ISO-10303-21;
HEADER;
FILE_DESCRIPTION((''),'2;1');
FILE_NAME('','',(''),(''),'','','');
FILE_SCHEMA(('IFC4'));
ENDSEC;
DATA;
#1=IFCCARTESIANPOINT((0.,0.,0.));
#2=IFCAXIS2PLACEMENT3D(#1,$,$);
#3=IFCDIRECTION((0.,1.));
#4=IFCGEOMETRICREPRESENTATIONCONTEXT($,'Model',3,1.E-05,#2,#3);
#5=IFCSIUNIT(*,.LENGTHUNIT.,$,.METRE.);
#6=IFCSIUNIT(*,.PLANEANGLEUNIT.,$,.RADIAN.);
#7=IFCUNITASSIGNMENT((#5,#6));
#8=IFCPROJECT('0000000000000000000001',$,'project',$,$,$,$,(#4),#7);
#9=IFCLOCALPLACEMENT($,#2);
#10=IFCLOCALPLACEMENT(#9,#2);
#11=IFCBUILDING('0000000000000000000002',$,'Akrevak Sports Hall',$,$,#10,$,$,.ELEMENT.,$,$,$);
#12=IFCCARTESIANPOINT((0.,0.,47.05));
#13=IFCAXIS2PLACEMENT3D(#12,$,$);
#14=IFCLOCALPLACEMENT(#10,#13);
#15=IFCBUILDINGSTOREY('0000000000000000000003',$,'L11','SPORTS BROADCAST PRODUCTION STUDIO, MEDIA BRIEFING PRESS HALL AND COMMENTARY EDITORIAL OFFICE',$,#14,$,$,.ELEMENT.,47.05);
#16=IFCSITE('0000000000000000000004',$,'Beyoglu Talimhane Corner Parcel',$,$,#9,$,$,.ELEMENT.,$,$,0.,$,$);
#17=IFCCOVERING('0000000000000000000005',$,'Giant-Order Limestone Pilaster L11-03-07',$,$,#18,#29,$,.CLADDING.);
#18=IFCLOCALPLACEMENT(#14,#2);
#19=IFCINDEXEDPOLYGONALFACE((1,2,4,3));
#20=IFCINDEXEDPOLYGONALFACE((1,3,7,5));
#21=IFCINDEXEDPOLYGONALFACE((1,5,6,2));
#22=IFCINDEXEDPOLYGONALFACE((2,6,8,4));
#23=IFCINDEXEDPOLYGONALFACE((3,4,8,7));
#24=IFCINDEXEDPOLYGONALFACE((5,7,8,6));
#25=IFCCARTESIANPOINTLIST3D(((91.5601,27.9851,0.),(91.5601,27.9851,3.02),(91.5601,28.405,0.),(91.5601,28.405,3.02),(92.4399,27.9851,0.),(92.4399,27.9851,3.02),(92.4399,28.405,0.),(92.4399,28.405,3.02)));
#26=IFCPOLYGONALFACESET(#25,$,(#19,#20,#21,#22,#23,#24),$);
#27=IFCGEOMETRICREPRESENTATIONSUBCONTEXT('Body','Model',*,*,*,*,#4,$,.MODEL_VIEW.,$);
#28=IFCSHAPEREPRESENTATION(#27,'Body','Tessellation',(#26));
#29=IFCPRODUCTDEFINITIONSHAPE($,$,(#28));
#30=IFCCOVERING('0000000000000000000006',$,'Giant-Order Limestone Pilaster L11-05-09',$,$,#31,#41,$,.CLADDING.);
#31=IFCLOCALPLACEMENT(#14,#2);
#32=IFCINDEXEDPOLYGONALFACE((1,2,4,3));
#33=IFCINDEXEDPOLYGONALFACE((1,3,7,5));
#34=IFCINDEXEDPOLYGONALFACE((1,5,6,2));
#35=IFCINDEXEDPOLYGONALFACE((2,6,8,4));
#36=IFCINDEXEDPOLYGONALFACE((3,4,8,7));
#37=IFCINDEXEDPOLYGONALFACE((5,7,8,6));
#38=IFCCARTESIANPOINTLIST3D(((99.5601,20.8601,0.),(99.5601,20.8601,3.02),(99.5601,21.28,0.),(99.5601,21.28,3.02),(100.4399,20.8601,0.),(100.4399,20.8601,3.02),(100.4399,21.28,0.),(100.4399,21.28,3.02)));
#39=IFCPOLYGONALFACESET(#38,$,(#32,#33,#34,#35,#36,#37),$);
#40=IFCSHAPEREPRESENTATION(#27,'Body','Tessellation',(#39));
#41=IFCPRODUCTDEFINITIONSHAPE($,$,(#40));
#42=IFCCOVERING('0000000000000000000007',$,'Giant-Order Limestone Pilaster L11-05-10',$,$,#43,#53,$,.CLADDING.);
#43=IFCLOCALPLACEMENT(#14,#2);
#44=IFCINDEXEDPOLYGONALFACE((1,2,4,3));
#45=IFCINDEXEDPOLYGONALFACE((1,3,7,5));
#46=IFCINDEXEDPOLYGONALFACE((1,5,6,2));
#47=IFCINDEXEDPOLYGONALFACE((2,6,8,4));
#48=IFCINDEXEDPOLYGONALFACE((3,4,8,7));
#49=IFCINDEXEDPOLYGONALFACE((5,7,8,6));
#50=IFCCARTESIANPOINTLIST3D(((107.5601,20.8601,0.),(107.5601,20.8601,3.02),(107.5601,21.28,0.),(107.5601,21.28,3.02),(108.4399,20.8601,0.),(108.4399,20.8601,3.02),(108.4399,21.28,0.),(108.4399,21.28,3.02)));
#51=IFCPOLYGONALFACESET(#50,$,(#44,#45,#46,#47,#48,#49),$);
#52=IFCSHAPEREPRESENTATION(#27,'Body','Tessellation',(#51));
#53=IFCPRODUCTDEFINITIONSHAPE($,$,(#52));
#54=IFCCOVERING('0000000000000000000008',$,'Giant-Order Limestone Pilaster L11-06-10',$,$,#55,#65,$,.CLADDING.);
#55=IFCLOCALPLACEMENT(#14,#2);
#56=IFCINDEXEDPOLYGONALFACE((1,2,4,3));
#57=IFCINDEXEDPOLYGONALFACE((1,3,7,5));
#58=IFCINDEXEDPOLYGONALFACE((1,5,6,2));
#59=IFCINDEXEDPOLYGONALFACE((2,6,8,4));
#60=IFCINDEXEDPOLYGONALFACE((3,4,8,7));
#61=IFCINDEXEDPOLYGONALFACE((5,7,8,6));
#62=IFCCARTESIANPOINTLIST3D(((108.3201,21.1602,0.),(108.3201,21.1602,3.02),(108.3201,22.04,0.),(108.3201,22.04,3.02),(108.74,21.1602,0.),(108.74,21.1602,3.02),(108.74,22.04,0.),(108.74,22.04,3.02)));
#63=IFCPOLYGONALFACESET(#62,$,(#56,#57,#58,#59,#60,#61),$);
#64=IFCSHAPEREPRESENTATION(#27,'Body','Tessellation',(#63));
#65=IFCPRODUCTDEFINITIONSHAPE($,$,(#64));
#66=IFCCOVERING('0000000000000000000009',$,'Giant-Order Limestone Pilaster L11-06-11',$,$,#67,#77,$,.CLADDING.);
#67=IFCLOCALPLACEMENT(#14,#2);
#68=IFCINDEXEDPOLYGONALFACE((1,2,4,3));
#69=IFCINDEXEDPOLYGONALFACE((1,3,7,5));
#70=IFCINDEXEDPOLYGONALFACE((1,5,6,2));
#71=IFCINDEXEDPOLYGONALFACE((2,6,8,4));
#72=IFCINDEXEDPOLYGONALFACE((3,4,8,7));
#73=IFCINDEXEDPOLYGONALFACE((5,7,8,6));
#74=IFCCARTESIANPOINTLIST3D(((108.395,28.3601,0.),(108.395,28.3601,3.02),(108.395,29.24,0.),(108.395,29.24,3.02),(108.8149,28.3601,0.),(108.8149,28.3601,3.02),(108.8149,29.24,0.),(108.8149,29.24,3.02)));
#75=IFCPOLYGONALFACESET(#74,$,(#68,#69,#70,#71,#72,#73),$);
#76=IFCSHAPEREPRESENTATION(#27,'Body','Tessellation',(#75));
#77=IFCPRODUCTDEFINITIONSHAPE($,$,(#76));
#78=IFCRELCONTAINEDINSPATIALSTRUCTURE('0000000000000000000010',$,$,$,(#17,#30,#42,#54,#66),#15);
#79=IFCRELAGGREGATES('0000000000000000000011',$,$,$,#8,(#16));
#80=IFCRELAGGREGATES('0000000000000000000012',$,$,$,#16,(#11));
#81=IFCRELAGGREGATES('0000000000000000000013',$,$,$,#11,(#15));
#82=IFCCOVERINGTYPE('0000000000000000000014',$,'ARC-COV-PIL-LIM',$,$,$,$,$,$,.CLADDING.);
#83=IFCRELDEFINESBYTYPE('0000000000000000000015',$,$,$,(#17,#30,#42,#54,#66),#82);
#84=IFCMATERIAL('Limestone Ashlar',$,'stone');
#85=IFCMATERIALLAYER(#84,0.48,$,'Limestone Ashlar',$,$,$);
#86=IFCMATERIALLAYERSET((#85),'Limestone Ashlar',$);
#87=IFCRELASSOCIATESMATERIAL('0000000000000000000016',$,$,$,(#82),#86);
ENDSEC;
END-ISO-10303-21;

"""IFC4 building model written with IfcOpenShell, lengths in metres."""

from ifc_helpers import new_model, si_unit, direction, frame, origin, origin_2d, place, context, subcontext, project, spatial, rectangle, extrude, material, layer, layer_set, type_object, element, save


model = new_model("IFC4")

# Units and contexts
model_context = context("Model", 3, precision=1e-05, world=origin(), true_north=direction((0.0, 1.0)))
body_context = subcontext(model_context, "Body", "Model", "MODEL_VIEW")
ifc_project = project(units=[si_unit("LENGTHUNIT", "METRE"), si_unit("PLANEANGLEUNIT", "RADIAN")], contexts=[model_context])

# Site, building, storey
site_placement = place(None, origin())
site = spatial("IfcSite", under=ifc_project, at=site_placement, Name="Beyoglu Talimhane Corner Parcel", CompositionType="ELEMENT", RefElevation=0.0)
building_placement = place(site_placement, origin())
building = spatial("IfcBuilding", under=site, at=building_placement, Name="Akrevak Sports Hall", CompositionType="ELEMENT")
storey_placement = place(building_placement, frame((0.0, 0.0, 47.05)))
storey = spatial("IfcBuildingStorey", under=building, at=storey_placement, Name="L11", Description="SPORTS BROADCAST PRODUCTION STUDIO, MEDIA BRIEFING PRESS HALL AND COMMENTARY EDITORIAL OFFICE", CompositionType="ELEMENT", Elevation=47.05)

# Shared definitions
ifc_material_1 = material(Name="Limestone Ashlar", Category="stone")

# Coverings
ifc_layer_1 = layer(ifc_material_1, 0.48, Name="Limestone Ashlar")
ifc_layer_set_1 = layer_set([ifc_layer_1], Name="Limestone Ashlar")
covering_type = type_object("IfcCoveringType", Name="ARC-COV-PIL-LIM", PredefinedType="CLADDING", material=ifc_layer_set_1)
for number, where, z_axis, x_axis, name in (
    (1, (92.0, 28.1951, 0.0), (0.0, 0.0, 1.0), (1.0, 0.0, 0.0), "Giant-Order Limestone Pilaster L11-03-07"),
    (2, (100.0, 21.0701, 0.0), (0.0, 0.0, 1.0), (1.0, 0.0, 0.0), "Giant-Order Limestone Pilaster L11-05-09"),
    (3, (108.0, 21.0701, 0.0), (0.0, 0.0, 1.0), (1.0, 0.0, 0.0), "Giant-Order Limestone Pilaster L11-05-10"),
    (4, (108.53, 21.6001, 0.0), (0.0, 0.0, 1.0), (0.0, 1.0, 0.0), "Giant-Order Limestone Pilaster L11-06-10"),
    (5, (108.605, 28.8, 0.0), (0.0, 0.0, 1.0), (0.0, 1.0, 0.0), "Giant-Order Limestone Pilaster L11-06-11"),
):
    element("IfcCovering", number, at=place(storey_placement, frame(where, z_axis=z_axis, x_axis=x_axis)), inside=storey, type_object=covering_type, Name=name, PredefinedType="CLADDING", context=body_context, shape_type="SweptSolid", body=[
        extrude(rectangle(XDim=0.8799, YDim=0.4199, at=origin_2d()), origin(), (0.0, 0.0, 1.0), 3.02),
    ])

save(model, "model.ifc")
